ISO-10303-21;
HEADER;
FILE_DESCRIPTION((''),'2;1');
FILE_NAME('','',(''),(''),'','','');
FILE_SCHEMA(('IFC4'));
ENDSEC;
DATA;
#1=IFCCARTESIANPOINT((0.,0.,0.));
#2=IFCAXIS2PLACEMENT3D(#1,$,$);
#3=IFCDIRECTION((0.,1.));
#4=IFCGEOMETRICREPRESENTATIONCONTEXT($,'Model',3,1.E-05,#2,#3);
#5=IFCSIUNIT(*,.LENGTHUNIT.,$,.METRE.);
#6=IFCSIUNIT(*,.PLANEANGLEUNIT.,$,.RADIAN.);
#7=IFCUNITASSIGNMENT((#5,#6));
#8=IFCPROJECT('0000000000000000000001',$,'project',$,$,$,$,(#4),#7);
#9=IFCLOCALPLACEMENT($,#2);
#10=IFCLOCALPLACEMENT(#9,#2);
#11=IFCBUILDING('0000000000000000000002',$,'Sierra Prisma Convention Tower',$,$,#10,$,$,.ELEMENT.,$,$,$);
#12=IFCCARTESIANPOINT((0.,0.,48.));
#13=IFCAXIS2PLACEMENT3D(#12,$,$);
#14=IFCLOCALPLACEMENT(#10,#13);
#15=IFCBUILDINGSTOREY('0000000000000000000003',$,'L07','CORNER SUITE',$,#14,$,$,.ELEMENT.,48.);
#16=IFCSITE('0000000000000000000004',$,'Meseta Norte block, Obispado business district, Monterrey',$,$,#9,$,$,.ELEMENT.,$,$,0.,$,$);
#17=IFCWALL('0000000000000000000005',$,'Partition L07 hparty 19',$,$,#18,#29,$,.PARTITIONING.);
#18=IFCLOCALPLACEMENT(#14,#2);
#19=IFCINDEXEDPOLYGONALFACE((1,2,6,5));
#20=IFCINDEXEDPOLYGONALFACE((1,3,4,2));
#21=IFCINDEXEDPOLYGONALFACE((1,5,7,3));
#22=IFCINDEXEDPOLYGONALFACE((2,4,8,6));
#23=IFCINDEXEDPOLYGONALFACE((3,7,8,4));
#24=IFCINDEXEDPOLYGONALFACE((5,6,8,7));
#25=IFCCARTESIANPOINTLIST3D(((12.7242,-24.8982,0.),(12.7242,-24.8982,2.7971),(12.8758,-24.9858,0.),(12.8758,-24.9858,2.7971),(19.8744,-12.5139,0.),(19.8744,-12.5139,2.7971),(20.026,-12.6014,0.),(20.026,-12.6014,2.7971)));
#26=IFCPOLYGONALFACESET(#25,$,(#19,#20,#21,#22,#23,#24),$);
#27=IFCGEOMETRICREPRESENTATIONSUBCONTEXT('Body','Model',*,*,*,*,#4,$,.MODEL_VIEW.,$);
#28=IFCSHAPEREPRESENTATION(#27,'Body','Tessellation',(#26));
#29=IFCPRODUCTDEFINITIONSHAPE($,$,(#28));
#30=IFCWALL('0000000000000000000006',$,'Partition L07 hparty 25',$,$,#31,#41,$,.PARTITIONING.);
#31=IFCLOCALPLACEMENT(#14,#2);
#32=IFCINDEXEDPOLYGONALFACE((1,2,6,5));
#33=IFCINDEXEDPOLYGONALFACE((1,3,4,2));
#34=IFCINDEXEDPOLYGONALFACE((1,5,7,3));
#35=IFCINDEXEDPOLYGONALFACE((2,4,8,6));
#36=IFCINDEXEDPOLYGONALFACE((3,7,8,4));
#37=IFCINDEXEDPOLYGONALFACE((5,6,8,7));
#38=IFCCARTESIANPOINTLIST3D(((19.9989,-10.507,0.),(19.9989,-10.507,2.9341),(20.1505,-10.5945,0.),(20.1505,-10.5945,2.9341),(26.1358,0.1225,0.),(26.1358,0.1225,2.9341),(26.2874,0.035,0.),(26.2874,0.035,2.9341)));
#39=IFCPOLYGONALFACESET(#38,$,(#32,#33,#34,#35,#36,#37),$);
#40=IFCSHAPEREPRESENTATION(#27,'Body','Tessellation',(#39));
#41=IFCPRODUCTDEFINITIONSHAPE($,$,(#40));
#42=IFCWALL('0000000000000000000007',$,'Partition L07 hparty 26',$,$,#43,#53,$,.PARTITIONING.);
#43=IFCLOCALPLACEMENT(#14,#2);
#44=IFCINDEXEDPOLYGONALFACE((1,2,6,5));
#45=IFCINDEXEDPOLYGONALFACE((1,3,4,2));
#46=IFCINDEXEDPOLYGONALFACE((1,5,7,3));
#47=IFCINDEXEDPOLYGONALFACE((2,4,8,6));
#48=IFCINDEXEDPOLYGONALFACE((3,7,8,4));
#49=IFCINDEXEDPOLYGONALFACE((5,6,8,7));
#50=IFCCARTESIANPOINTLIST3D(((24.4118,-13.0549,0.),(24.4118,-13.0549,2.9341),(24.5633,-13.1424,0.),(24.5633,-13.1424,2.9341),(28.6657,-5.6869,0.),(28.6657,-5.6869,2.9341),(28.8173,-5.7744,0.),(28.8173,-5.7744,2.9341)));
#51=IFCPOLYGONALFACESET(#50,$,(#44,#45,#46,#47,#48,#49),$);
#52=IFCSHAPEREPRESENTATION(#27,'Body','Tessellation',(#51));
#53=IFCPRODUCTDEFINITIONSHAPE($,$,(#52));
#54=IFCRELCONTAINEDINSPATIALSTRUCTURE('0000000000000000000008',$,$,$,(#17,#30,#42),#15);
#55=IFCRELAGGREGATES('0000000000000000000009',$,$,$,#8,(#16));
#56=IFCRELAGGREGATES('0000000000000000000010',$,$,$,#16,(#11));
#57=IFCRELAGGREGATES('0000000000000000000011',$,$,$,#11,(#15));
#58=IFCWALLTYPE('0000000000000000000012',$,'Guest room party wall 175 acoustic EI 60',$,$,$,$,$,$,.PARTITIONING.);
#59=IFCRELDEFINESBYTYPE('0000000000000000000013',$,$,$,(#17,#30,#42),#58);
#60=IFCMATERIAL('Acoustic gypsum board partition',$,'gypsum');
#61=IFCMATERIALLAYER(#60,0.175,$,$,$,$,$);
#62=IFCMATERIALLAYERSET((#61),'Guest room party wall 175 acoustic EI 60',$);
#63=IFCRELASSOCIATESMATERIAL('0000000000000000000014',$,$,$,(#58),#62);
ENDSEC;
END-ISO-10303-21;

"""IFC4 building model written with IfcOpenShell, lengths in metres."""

from ifc_helpers import new_model, si_unit, direction, frame, frame_2d, origin, place, context, subcontext, project, spatial, rectangle, extrude, material, layer, layer_set, type_object, element, save


model = new_model("IFC4")

# Units and contexts
model_context = context("Model", 3, precision=1e-05, world=origin(), true_north=direction((0.0, 1.0)))
body_context = subcontext(model_context, "Body", "Model", "MODEL_VIEW")
ifc_project = project(units=[si_unit("LENGTHUNIT", "METRE"), si_unit("PLANEANGLEUNIT", "RADIAN")], contexts=[model_context])

# Site, building, storey
site_placement = place(None, origin())
site = spatial("IfcSite", under=ifc_project, at=site_placement, Name="Meseta Norte block, Obispado business district, Monterrey", CompositionType="ELEMENT", RefElevation=0.0)
building_placement = place(site_placement, origin())
building = spatial("IfcBuilding", under=site, at=building_placement, Name="Sierra Prisma Convention Tower", CompositionType="ELEMENT")
storey_placement = place(building_placement, frame((0.0, 0.0, 48.0)))
storey = spatial("IfcBuildingStorey", under=building, at=storey_placement, Name="L07", Description="CORNER SUITE", CompositionType="ELEMENT", Elevation=48.0)

# Walls
ifc_material_1 = material(Name="Acoustic gypsum board partition", Category="gypsum")
ifc_layer_1 = layer(ifc_material_1, 0.175)
ifc_layer_set_1 = layer_set([ifc_layer_1], Name="Guest room party wall 175 acoustic EI 60")
wall_type_1 = type_object("IfcWallType", Name="Guest room party wall 175 acoustic EI 60", PredefinedType="PARTITIONING", material=ifc_layer_set_1)
wall_1_placement = place(storey_placement, frame((19.9502, -12.5576, 0.0), z_axis=(0.0, 0.0, 1.0), x_axis=(-0.500004, -0.866023, 0.0)))
element("IfcWall", 1, at=wall_1_placement, inside=storey, type_object=wall_type_1, Name="Partition L07 hparty 19", PredefinedType="PARTITIONING", context=body_context, shape_type="SweptSolid", body=[
    extrude(rectangle(XDim=14.3003, YDim=0.175, at=frame_2d((7.1501, 0.0))), origin(), (0.0, 0.0, 1.0), 2.7971),
])
wall_2_placement = place(storey_placement, frame((20.0747, -10.5508, 0.0), z_axis=(0.0, 0.0, 1.0), x_axis=(0.499996, 0.866028, 0.0)))
element("IfcWall", 2, at=wall_2_placement, inside=storey, type_object=wall_type_1, Name="Partition L07 hparty 25", PredefinedType="PARTITIONING", context=body_context, shape_type="SweptSolid", body=[
    extrude(rectangle(XDim=12.2739, YDim=0.175, at=frame_2d((6.137, 0.0))), origin(), (0.0, 0.0, 1.0), 2.9341),
])
wall_3_placement = place(storey_placement, frame((24.4875, -13.0986, 0.0), z_axis=(0.0, 0.0, 1.0), x_axis=(0.500003, 0.866024, 0.0)))
element("IfcWall", 3, at=wall_3_placement, inside=storey, type_object=wall_type_1, Name="Partition L07 hparty 26", PredefinedType="PARTITIONING", context=body_context, shape_type="SweptSolid", body=[
    extrude(rectangle(XDim=8.5078, YDim=0.175, at=frame_2d((4.2539, 0.0))), origin(), (0.0, 0.0, 1.0), 2.9341),
])

save(model, "model.ifc")
